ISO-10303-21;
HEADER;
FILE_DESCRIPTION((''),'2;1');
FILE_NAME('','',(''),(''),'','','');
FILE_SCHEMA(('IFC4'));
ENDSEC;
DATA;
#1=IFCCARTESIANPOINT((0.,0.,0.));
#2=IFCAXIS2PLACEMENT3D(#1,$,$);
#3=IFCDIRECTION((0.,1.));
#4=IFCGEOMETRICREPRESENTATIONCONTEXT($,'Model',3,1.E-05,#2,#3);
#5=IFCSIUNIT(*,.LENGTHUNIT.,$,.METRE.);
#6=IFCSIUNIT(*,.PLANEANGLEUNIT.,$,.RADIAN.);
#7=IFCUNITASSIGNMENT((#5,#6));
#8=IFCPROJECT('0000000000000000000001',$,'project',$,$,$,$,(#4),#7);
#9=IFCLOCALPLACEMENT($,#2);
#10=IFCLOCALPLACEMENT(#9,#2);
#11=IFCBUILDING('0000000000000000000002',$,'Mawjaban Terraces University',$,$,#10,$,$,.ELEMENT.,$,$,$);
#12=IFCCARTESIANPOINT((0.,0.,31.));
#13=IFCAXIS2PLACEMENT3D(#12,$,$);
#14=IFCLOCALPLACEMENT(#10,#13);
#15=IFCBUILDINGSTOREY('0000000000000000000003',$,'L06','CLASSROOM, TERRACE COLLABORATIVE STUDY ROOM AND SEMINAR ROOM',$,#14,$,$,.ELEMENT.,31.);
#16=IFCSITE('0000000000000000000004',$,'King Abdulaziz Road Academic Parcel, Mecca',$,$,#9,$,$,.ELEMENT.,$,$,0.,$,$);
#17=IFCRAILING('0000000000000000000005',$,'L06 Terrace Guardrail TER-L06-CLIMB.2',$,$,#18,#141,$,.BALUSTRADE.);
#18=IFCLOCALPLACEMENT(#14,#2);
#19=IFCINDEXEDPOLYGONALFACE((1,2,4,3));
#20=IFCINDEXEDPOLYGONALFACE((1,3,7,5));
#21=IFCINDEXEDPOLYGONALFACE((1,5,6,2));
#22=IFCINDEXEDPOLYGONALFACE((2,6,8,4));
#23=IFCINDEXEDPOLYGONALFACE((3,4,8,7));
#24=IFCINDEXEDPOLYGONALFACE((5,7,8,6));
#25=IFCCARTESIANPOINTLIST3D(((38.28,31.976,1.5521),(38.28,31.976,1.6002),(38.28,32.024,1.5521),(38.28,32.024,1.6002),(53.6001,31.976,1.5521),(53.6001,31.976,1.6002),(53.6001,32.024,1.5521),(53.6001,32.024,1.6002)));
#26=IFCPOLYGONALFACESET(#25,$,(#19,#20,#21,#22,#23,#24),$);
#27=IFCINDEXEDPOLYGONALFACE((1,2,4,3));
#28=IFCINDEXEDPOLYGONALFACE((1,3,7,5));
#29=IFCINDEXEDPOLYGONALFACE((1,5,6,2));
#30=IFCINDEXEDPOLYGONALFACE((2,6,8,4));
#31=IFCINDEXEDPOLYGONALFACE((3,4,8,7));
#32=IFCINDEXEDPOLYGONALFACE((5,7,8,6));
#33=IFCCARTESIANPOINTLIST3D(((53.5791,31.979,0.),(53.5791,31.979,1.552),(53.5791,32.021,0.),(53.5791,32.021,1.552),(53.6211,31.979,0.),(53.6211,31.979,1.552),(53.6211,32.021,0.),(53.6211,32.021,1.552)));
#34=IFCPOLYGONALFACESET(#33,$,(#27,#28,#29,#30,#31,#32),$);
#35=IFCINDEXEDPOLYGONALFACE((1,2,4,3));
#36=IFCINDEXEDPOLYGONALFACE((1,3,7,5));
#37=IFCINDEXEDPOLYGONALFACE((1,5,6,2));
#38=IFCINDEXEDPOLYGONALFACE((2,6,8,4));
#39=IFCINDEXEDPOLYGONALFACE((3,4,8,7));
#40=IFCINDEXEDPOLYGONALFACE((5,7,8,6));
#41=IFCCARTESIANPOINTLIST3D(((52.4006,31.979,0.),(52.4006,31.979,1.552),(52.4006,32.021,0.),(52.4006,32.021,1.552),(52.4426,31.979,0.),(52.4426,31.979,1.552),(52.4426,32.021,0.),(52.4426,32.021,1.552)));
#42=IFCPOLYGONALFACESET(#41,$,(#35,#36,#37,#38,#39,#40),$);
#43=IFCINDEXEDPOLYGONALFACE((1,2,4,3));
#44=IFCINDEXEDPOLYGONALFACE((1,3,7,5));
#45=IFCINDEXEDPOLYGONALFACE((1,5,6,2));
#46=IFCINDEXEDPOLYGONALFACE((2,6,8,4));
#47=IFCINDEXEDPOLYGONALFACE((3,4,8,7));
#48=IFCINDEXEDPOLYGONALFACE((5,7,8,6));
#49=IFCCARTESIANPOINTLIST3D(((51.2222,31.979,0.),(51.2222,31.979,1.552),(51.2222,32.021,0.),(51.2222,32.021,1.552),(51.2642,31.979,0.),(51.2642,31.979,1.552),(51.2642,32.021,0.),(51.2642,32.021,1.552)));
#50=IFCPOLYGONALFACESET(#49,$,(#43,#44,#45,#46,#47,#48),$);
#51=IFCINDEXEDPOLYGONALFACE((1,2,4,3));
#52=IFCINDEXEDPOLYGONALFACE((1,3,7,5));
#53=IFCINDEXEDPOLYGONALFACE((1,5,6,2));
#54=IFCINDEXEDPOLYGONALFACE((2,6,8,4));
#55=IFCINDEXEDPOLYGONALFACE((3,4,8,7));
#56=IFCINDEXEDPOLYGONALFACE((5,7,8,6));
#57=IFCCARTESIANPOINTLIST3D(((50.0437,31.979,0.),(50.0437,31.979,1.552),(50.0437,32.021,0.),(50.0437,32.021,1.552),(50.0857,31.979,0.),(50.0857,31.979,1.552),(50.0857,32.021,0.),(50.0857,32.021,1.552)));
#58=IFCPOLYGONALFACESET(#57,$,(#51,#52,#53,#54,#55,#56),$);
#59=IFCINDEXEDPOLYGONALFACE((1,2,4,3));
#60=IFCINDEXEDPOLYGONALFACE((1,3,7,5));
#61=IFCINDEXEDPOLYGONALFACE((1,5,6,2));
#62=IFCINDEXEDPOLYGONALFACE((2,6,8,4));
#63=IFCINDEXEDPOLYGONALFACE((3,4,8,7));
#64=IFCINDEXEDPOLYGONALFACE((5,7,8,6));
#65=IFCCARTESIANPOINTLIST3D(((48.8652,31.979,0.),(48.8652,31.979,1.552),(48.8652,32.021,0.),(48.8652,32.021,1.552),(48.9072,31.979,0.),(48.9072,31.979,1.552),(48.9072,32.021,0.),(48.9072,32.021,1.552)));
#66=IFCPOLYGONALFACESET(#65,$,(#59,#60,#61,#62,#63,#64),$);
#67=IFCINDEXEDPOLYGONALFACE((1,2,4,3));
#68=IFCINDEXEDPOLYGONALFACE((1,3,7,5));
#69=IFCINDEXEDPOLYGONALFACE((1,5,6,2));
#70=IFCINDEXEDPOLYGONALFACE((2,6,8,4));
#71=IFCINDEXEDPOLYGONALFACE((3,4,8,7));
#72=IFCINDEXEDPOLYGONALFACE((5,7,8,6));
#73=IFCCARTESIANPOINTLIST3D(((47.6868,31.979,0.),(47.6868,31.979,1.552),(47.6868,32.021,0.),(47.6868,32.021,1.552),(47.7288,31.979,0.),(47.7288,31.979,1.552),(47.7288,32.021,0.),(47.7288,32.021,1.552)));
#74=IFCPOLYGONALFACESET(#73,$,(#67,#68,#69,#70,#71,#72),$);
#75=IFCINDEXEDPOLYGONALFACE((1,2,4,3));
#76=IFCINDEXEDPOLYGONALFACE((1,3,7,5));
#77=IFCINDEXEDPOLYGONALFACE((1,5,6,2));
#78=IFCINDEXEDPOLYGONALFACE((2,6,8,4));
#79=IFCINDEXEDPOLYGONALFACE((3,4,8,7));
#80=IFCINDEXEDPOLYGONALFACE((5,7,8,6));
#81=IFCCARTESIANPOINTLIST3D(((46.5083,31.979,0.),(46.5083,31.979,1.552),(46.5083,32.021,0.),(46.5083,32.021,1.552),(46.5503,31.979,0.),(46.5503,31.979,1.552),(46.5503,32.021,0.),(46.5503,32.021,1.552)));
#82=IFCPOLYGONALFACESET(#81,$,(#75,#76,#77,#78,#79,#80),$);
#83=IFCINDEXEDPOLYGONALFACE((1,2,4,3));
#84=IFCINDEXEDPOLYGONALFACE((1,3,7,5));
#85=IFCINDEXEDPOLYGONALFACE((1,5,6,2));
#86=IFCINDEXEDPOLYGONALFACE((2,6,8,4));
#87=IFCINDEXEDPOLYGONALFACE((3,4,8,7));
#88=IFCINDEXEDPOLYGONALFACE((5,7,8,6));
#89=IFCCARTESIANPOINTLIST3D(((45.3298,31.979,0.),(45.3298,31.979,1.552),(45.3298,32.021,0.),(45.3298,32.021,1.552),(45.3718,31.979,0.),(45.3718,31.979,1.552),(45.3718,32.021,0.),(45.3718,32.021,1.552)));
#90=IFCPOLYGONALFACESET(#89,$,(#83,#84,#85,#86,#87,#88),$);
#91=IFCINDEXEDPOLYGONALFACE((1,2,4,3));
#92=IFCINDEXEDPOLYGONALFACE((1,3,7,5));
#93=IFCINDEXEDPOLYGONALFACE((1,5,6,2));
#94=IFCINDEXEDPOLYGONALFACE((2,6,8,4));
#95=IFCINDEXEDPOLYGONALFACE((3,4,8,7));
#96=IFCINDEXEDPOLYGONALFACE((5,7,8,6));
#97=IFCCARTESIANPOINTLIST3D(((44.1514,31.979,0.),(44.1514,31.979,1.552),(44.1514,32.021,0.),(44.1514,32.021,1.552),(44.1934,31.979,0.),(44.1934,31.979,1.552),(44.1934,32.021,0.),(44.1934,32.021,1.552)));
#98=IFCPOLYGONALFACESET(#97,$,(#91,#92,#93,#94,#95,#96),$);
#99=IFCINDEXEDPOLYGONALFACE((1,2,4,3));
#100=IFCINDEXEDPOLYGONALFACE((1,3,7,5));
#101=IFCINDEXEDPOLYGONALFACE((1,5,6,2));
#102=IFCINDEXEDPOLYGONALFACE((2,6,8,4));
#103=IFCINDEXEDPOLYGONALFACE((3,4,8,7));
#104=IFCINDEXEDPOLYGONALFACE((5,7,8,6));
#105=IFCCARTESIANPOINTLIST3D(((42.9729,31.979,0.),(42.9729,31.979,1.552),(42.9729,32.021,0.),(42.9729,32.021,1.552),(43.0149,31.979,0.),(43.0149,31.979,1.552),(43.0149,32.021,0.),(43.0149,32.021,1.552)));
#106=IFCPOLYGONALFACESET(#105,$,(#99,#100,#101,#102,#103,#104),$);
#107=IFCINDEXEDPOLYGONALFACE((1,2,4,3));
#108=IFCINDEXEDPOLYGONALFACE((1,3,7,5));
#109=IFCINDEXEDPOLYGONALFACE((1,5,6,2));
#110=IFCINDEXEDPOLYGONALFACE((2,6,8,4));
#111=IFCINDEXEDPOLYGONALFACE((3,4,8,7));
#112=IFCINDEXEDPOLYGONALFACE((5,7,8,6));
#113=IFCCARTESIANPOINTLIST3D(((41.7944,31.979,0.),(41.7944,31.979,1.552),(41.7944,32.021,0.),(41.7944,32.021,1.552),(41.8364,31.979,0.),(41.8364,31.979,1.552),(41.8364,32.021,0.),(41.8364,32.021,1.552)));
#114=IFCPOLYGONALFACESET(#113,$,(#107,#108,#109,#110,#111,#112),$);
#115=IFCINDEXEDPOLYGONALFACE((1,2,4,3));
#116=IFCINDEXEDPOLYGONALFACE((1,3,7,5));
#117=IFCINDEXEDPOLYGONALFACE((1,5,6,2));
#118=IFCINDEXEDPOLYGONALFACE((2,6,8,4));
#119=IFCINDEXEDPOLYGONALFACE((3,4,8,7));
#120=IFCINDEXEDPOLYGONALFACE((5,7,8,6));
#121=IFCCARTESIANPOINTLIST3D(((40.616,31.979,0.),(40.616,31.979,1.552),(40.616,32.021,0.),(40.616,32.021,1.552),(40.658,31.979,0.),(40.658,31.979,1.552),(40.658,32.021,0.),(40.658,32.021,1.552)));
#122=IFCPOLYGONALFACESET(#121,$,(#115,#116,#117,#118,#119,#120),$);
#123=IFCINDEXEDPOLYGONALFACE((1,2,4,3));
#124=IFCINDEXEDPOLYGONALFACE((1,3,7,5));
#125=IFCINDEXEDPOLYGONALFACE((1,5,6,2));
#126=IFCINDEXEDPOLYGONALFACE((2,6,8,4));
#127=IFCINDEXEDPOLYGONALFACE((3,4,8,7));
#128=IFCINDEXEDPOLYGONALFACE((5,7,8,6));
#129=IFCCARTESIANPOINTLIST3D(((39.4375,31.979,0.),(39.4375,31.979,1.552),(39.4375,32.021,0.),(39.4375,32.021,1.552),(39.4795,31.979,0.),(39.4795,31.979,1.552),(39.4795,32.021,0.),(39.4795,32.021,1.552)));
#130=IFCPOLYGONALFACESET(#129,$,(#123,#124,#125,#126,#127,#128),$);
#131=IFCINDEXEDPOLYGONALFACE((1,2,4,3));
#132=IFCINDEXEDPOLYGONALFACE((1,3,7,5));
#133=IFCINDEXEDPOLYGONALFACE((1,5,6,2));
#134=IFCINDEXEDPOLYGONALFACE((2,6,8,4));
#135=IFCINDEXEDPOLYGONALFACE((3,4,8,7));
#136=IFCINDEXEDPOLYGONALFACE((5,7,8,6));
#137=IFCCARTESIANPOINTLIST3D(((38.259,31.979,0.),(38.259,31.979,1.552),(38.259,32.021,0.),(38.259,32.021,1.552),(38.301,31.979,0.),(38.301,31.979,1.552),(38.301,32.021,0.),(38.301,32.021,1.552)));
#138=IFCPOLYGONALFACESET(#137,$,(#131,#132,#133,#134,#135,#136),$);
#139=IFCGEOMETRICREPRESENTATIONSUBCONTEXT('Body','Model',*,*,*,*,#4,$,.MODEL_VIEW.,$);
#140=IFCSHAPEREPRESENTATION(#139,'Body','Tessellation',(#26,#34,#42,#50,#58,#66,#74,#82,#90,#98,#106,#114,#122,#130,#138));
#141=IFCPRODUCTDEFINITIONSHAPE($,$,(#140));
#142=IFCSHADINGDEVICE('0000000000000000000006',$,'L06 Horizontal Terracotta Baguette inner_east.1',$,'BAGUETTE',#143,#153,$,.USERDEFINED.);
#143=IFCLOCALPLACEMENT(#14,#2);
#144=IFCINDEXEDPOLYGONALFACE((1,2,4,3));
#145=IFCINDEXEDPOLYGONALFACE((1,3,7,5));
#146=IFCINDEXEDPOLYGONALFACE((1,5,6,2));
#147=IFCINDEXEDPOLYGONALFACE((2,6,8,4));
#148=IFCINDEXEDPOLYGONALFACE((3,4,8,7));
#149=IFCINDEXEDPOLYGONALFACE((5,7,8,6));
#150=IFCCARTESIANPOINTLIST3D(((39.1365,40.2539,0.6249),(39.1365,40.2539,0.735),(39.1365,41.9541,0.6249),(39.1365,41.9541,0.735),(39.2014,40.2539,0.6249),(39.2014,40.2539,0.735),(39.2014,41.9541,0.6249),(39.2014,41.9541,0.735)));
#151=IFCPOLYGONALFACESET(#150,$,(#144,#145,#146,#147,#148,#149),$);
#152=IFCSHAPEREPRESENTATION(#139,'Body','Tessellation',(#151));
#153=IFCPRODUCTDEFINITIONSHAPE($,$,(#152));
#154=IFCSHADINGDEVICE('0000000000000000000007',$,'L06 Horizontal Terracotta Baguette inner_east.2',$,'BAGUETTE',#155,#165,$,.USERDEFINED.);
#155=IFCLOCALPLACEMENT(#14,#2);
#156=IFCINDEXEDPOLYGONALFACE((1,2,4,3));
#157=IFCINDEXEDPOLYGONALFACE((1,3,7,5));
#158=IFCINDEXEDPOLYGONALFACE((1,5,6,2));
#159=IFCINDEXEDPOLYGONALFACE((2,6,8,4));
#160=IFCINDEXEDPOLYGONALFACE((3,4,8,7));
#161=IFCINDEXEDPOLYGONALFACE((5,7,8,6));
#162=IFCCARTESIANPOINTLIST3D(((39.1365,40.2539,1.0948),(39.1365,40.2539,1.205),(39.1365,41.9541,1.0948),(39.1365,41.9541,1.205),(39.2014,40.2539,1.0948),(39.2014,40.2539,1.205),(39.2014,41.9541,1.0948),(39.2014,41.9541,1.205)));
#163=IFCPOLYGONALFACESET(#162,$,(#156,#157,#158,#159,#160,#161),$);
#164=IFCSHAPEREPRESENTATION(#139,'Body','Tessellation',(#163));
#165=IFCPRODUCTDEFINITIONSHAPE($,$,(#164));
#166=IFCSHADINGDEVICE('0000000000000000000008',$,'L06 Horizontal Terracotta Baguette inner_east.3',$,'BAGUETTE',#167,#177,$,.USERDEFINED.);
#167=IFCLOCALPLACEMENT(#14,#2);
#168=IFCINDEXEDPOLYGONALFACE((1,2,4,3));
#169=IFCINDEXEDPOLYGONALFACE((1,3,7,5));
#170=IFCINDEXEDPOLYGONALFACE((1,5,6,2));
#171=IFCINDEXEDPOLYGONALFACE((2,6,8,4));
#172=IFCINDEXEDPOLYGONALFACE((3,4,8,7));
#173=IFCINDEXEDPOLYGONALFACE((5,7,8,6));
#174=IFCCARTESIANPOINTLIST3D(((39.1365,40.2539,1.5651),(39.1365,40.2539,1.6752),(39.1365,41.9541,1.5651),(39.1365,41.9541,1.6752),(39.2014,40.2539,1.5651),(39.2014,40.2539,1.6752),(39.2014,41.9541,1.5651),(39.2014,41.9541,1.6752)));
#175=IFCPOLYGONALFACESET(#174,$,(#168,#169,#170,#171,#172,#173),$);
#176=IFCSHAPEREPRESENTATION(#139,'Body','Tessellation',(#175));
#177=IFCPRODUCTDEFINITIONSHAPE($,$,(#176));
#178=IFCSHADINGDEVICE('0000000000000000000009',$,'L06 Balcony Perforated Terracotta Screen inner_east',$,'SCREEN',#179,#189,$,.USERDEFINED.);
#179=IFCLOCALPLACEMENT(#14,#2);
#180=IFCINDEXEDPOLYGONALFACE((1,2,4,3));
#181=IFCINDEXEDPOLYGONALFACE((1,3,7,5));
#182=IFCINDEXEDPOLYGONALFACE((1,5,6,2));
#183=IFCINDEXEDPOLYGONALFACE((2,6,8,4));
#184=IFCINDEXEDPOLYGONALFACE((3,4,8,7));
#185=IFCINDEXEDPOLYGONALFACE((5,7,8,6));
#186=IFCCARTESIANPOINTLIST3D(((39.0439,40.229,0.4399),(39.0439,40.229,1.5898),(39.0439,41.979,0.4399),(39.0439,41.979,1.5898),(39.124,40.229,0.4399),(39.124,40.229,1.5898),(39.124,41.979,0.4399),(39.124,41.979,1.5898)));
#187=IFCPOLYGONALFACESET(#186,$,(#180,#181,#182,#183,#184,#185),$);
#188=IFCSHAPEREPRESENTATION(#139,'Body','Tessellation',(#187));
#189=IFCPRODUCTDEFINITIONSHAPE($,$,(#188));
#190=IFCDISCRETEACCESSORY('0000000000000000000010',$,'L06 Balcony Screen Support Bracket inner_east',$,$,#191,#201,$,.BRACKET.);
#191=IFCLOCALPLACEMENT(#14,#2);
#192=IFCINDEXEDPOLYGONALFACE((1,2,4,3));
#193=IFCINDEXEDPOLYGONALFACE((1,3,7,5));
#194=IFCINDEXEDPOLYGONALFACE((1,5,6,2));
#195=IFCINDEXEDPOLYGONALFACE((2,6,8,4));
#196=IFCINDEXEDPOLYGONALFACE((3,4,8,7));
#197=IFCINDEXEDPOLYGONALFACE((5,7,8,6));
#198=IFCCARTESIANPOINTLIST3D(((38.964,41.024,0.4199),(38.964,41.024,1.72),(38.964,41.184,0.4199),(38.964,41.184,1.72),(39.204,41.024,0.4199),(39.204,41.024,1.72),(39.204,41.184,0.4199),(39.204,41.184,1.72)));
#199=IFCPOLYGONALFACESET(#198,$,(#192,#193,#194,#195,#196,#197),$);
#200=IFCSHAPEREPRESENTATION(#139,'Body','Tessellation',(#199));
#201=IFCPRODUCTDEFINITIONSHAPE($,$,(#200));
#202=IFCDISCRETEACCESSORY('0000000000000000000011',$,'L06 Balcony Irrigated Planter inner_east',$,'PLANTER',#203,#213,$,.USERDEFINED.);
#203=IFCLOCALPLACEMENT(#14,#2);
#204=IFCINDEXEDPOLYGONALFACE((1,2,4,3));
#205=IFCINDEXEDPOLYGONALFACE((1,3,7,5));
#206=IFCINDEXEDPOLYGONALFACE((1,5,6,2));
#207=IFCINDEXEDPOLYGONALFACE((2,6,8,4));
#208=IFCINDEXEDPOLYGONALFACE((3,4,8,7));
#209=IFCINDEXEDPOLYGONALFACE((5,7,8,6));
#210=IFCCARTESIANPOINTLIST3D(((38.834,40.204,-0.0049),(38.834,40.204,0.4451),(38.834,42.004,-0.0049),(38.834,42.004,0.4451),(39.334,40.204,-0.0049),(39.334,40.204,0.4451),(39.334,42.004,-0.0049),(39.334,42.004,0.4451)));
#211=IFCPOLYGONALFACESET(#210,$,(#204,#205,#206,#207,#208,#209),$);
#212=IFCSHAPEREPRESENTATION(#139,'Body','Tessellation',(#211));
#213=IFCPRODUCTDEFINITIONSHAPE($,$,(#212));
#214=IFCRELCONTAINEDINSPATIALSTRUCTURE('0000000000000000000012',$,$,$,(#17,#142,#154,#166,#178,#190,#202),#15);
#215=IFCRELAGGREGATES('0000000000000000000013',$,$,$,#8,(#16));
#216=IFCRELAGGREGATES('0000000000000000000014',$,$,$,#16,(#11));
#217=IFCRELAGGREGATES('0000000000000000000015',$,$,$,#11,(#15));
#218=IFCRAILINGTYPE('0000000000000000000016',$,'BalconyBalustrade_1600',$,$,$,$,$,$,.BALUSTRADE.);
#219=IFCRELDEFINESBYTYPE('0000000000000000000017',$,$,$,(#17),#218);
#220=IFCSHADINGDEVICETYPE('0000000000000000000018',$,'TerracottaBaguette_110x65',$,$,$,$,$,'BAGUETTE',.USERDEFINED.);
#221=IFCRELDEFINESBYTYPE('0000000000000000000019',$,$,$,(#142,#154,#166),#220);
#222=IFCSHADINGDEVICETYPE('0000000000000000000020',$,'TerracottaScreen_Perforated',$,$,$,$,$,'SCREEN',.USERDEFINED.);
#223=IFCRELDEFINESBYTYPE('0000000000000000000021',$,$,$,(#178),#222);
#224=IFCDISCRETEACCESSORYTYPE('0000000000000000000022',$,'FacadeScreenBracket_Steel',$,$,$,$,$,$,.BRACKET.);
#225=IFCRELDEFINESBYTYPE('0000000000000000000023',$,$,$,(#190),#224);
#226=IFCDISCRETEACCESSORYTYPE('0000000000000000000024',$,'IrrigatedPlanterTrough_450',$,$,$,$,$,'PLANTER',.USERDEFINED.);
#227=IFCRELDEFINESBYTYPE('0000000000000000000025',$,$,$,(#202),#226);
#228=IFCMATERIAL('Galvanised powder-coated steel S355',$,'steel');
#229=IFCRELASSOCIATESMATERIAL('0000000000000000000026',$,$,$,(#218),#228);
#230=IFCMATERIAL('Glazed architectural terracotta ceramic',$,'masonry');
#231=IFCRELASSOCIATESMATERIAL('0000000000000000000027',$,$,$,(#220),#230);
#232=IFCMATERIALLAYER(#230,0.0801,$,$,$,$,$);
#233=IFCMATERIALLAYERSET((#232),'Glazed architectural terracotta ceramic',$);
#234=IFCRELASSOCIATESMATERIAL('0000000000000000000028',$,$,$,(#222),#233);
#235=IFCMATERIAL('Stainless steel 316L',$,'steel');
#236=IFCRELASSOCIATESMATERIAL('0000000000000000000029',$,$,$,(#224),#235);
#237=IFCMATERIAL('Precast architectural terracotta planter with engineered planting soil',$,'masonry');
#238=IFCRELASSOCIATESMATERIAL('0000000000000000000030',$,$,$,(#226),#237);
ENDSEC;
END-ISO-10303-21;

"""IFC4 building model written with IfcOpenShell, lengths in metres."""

from ifc_helpers import new_model, si_unit, direction, frame, origin, origin_2d, place, context, subcontext, project, spatial, rectangle, extrude, material, layer, layer_set, material_profile, profile_set, type_object, element, save


model = new_model("IFC4")

# Units and contexts
model_context = context("Model", 3, precision=1e-05, world=origin(), true_north=direction((0.0, 1.0)))
body_context = subcontext(model_context, "Body", "Model", "MODEL_VIEW")
ifc_project = project(units=[si_unit("LENGTHUNIT", "METRE"), si_unit("PLANEANGLEUNIT", "RADIAN")], contexts=[model_context])

# Site, building, storey
site_placement = place(None, origin())
site = spatial("IfcSite", under=ifc_project, at=site_placement, Name="King Abdulaziz Road Academic Parcel, Mecca", CompositionType="ELEMENT", RefElevation=0.0)
building_placement = place(site_placement, origin())
building = spatial("IfcBuilding", under=site, at=building_placement, Name="Mawjaban Terraces University", CompositionType="ELEMENT")
storey_placement = place(building_placement, frame((0.0, 0.0, 31.0)))
storey = spatial("IfcBuildingStorey", under=building, at=storey_placement, Name="L06", Description="CLASSROOM, TERRACE COLLABORATIVE STUDY ROOM AND SEMINAR ROOM", CompositionType="ELEMENT", Elevation=31.0)

# Railing
ifc_material_1 = material(Name="Galvanised powder-coated steel S355", Category="steel")
railing_type = type_object("IfcRailingType", Name="BalconyBalustrade_1600", PredefinedType="BALUSTRADE", material=ifc_material_1)
railing_1_placement = place(storey_placement, frame((53.6001, 32.0, 0.0)))
element("IfcRailing", 1, at=railing_1_placement, inside=storey, type_object=railing_type, Name="L06 Terrace Guardrail TER-L06-CLIMB.2", PredefinedType="BALUSTRADE", context=body_context, shape_type="SweptSolid", body=[
    extrude(rectangle(XDim=0.0481, YDim=0.0481, at=origin_2d()), frame((0.0, 0.0, 1.5762), z_axis=(-1.0, 0.0, 0.0), x_axis=(0.0, -1.0, 0.0)), (0.0, 0.0, 1.0), 15.3201),
    extrude(rectangle(XDim=0.042, YDim=0.042, at=origin_2d()), origin(), (0.0, 0.0, 1.0), 1.552),
    extrude(rectangle(XDim=0.042, YDim=0.042, at=origin_2d()), frame((-1.1785, 0.0, 0.0)), (0.0, 0.0, 1.0), 1.552),
    extrude(rectangle(XDim=0.042, YDim=0.042, at=origin_2d()), frame((-2.3569, 0.0, 0.0)), (0.0, 0.0, 1.0), 1.552),
    extrude(rectangle(XDim=0.042, YDim=0.042, at=origin_2d()), frame((-3.5354, 0.0, 0.0)), (0.0, 0.0, 1.0), 1.552),
    extrude(rectangle(XDim=0.042, YDim=0.042, at=origin_2d()), frame((-4.7139, 0.0, 0.0)), (0.0, 0.0, 1.0), 1.552),
    extrude(rectangle(XDim=0.042, YDim=0.042, at=origin_2d()), frame((-5.8923, 0.0, 0.0)), (0.0, 0.0, 1.0), 1.552),
    extrude(rectangle(XDim=0.042, YDim=0.042, at=origin_2d()), frame((-7.0708, 0.0, 0.0)), (0.0, 0.0, 1.0), 1.552),
    extrude(rectangle(XDim=0.042, YDim=0.042, at=origin_2d()), frame((-8.2493, 0.0, 0.0)), (0.0, 0.0, 1.0), 1.552),
    extrude(rectangle(XDim=0.042, YDim=0.042, at=origin_2d()), frame((-9.4277, 0.0, 0.0)), (0.0, 0.0, 1.0), 1.552),
    extrude(rectangle(XDim=0.042, YDim=0.042, at=origin_2d()), frame((-10.6062, 0.0, 0.0)), (0.0, 0.0, 1.0), 1.552),
    extrude(rectangle(XDim=0.042, YDim=0.042, at=origin_2d()), frame((-11.7847, 0.0, 0.0)), (0.0, 0.0, 1.0), 1.552),
    extrude(rectangle(XDim=0.042, YDim=0.042, at=origin_2d()), frame((-12.9631, 0.0, 0.0)), (0.0, 0.0, 1.0), 1.552),
    extrude(rectangle(XDim=0.042, YDim=0.042, at=origin_2d()), frame((-14.1416, 0.0, 0.0)), (0.0, 0.0, 1.0), 1.552),
    extrude(rectangle(XDim=0.042, YDim=0.042, at=origin_2d()), frame((-15.3201, 0.0, 0.0)), (0.0, 0.0, 1.0), 1.552),
])

# Shading devices
ifc_material_2 = material(Name="Glazed architectural terracotta ceramic", Category="masonry")
ifc_material_profile_1 = material_profile(ifc_material_2, rectangle(XDim=0.0649, YDim=0.1101, at=origin_2d()), Name="TBAG110X65")
ifc_profile_set_1 = profile_set([ifc_material_profile_1], Name="Glazed architectural terracotta ceramic")
shading_device_type_1 = type_object("IfcShadingDeviceType", Name="TerracottaBaguette_110x65", ElementType="BAGUETTE", PredefinedType="USERDEFINED", material=ifc_profile_set_1)
for number, where, z_axis, x_axis, name in (
    (2, (39.1689, 40.2539, 0.6799), (0.0, 1.0, 0.0), (-1.0, 0.0, 0.0), "L06 Horizontal Terracotta Baguette inner_east.1"),
    (3, (39.1689, 40.2539, 1.1499), (0.0, 1.0, 0.0), (-1.0, 0.0, 0.0), "L06 Horizontal Terracotta Baguette inner_east.2"),
    (4, (39.1689, 40.2539, 1.6201), (0.0, 1.0, 0.0), (-1.0, 0.0, 0.0), "L06 Horizontal Terracotta Baguette inner_east.3"),
):
    element("IfcShadingDevice", number, at=place(storey_placement, frame(where, z_axis=z_axis, x_axis=x_axis)), inside=storey, type_object=shading_device_type_1, Name=name, ObjectType="BAGUETTE", PredefinedType="USERDEFINED", context=body_context, shape_type="SweptSolid", body=[
        extrude(rectangle(XDim=0.0649, YDim=0.1101, at=origin_2d()), origin(), (0.0, 0.0, 1.0), 1.7002),
    ])
ifc_layer_1 = layer(ifc_material_2, 0.0801)
ifc_layer_set_1 = layer_set([ifc_layer_1], Name="Glazed architectural terracotta ceramic")
shading_device_type_2 = type_object("IfcShadingDeviceType", Name="TerracottaScreen_Perforated", ElementType="SCREEN", PredefinedType="USERDEFINED", material=ifc_layer_set_1)
shading_device_placement = place(storey_placement, frame((39.084, 41.104, 0.4399), z_axis=(0.0, 0.0, 1.0), x_axis=(0.0, 1.0, 0.0)))
element("IfcShadingDevice", 5, at=shading_device_placement, inside=storey, type_object=shading_device_type_2, Name="L06 Balcony Perforated Terracotta Screen inner_east", ObjectType="SCREEN", PredefinedType="USERDEFINED", context=body_context, shape_type="SweptSolid", body=[
    extrude(rectangle(XDim=1.75, YDim=0.0801, at=origin_2d()), origin(), (0.0, 0.0, 1.0), 1.1499),
])

# Discrete accessories
ifc_material_3 = material(Name="Stainless steel 316L", Category="steel")
discrete_accessory_type_1 = type_object("IfcDiscreteAccessoryType", Name="FacadeScreenBracket_Steel", PredefinedType="BRACKET", material=ifc_material_3)
discrete_accessory_1_placement = place(storey_placement, frame((39.084, 41.104, 0.4199), z_axis=(0.0, 0.0, 1.0), x_axis=(0.0, 1.0, 0.0)))
element("IfcDiscreteAccessory", 6, at=discrete_accessory_1_placement, inside=storey, type_object=discrete_accessory_type_1, Name="L06 Balcony Screen Support Bracket inner_east", PredefinedType="BRACKET", context=body_context, shape_type="SweptSolid", body=[
    extrude(rectangle(XDim=0.1599, YDim=0.24, at=origin_2d()), origin(), (0.0, 0.0, 1.0), 1.3),
])
ifc_material_4 = material(Name="Precast architectural terracotta planter with engineered planting soil", Category="masonry")
discrete_accessory_type_2 = type_object("IfcDiscreteAccessoryType", Name="IrrigatedPlanterTrough_450", ElementType="PLANTER", PredefinedType="USERDEFINED", material=ifc_material_4)
discrete_accessory_2_placement = place(storey_placement, frame((39.084, 41.104, -0.0049), z_axis=(0.0, 0.0, 1.0), x_axis=(0.0, 1.0, 0.0)))
element("IfcDiscreteAccessory", 7, at=discrete_accessory_2_placement, inside=storey, type_object=discrete_accessory_type_2, Name="L06 Balcony Irrigated Planter inner_east", ObjectType="PLANTER", PredefinedType="USERDEFINED", context=body_context, shape_type="SweptSolid", body=[
    extrude(rectangle(XDim=1.8, YDim=0.5, at=origin_2d()), origin(), (0.0, 0.0, 1.0), 0.45),
])

save(model, "model.ifc")
